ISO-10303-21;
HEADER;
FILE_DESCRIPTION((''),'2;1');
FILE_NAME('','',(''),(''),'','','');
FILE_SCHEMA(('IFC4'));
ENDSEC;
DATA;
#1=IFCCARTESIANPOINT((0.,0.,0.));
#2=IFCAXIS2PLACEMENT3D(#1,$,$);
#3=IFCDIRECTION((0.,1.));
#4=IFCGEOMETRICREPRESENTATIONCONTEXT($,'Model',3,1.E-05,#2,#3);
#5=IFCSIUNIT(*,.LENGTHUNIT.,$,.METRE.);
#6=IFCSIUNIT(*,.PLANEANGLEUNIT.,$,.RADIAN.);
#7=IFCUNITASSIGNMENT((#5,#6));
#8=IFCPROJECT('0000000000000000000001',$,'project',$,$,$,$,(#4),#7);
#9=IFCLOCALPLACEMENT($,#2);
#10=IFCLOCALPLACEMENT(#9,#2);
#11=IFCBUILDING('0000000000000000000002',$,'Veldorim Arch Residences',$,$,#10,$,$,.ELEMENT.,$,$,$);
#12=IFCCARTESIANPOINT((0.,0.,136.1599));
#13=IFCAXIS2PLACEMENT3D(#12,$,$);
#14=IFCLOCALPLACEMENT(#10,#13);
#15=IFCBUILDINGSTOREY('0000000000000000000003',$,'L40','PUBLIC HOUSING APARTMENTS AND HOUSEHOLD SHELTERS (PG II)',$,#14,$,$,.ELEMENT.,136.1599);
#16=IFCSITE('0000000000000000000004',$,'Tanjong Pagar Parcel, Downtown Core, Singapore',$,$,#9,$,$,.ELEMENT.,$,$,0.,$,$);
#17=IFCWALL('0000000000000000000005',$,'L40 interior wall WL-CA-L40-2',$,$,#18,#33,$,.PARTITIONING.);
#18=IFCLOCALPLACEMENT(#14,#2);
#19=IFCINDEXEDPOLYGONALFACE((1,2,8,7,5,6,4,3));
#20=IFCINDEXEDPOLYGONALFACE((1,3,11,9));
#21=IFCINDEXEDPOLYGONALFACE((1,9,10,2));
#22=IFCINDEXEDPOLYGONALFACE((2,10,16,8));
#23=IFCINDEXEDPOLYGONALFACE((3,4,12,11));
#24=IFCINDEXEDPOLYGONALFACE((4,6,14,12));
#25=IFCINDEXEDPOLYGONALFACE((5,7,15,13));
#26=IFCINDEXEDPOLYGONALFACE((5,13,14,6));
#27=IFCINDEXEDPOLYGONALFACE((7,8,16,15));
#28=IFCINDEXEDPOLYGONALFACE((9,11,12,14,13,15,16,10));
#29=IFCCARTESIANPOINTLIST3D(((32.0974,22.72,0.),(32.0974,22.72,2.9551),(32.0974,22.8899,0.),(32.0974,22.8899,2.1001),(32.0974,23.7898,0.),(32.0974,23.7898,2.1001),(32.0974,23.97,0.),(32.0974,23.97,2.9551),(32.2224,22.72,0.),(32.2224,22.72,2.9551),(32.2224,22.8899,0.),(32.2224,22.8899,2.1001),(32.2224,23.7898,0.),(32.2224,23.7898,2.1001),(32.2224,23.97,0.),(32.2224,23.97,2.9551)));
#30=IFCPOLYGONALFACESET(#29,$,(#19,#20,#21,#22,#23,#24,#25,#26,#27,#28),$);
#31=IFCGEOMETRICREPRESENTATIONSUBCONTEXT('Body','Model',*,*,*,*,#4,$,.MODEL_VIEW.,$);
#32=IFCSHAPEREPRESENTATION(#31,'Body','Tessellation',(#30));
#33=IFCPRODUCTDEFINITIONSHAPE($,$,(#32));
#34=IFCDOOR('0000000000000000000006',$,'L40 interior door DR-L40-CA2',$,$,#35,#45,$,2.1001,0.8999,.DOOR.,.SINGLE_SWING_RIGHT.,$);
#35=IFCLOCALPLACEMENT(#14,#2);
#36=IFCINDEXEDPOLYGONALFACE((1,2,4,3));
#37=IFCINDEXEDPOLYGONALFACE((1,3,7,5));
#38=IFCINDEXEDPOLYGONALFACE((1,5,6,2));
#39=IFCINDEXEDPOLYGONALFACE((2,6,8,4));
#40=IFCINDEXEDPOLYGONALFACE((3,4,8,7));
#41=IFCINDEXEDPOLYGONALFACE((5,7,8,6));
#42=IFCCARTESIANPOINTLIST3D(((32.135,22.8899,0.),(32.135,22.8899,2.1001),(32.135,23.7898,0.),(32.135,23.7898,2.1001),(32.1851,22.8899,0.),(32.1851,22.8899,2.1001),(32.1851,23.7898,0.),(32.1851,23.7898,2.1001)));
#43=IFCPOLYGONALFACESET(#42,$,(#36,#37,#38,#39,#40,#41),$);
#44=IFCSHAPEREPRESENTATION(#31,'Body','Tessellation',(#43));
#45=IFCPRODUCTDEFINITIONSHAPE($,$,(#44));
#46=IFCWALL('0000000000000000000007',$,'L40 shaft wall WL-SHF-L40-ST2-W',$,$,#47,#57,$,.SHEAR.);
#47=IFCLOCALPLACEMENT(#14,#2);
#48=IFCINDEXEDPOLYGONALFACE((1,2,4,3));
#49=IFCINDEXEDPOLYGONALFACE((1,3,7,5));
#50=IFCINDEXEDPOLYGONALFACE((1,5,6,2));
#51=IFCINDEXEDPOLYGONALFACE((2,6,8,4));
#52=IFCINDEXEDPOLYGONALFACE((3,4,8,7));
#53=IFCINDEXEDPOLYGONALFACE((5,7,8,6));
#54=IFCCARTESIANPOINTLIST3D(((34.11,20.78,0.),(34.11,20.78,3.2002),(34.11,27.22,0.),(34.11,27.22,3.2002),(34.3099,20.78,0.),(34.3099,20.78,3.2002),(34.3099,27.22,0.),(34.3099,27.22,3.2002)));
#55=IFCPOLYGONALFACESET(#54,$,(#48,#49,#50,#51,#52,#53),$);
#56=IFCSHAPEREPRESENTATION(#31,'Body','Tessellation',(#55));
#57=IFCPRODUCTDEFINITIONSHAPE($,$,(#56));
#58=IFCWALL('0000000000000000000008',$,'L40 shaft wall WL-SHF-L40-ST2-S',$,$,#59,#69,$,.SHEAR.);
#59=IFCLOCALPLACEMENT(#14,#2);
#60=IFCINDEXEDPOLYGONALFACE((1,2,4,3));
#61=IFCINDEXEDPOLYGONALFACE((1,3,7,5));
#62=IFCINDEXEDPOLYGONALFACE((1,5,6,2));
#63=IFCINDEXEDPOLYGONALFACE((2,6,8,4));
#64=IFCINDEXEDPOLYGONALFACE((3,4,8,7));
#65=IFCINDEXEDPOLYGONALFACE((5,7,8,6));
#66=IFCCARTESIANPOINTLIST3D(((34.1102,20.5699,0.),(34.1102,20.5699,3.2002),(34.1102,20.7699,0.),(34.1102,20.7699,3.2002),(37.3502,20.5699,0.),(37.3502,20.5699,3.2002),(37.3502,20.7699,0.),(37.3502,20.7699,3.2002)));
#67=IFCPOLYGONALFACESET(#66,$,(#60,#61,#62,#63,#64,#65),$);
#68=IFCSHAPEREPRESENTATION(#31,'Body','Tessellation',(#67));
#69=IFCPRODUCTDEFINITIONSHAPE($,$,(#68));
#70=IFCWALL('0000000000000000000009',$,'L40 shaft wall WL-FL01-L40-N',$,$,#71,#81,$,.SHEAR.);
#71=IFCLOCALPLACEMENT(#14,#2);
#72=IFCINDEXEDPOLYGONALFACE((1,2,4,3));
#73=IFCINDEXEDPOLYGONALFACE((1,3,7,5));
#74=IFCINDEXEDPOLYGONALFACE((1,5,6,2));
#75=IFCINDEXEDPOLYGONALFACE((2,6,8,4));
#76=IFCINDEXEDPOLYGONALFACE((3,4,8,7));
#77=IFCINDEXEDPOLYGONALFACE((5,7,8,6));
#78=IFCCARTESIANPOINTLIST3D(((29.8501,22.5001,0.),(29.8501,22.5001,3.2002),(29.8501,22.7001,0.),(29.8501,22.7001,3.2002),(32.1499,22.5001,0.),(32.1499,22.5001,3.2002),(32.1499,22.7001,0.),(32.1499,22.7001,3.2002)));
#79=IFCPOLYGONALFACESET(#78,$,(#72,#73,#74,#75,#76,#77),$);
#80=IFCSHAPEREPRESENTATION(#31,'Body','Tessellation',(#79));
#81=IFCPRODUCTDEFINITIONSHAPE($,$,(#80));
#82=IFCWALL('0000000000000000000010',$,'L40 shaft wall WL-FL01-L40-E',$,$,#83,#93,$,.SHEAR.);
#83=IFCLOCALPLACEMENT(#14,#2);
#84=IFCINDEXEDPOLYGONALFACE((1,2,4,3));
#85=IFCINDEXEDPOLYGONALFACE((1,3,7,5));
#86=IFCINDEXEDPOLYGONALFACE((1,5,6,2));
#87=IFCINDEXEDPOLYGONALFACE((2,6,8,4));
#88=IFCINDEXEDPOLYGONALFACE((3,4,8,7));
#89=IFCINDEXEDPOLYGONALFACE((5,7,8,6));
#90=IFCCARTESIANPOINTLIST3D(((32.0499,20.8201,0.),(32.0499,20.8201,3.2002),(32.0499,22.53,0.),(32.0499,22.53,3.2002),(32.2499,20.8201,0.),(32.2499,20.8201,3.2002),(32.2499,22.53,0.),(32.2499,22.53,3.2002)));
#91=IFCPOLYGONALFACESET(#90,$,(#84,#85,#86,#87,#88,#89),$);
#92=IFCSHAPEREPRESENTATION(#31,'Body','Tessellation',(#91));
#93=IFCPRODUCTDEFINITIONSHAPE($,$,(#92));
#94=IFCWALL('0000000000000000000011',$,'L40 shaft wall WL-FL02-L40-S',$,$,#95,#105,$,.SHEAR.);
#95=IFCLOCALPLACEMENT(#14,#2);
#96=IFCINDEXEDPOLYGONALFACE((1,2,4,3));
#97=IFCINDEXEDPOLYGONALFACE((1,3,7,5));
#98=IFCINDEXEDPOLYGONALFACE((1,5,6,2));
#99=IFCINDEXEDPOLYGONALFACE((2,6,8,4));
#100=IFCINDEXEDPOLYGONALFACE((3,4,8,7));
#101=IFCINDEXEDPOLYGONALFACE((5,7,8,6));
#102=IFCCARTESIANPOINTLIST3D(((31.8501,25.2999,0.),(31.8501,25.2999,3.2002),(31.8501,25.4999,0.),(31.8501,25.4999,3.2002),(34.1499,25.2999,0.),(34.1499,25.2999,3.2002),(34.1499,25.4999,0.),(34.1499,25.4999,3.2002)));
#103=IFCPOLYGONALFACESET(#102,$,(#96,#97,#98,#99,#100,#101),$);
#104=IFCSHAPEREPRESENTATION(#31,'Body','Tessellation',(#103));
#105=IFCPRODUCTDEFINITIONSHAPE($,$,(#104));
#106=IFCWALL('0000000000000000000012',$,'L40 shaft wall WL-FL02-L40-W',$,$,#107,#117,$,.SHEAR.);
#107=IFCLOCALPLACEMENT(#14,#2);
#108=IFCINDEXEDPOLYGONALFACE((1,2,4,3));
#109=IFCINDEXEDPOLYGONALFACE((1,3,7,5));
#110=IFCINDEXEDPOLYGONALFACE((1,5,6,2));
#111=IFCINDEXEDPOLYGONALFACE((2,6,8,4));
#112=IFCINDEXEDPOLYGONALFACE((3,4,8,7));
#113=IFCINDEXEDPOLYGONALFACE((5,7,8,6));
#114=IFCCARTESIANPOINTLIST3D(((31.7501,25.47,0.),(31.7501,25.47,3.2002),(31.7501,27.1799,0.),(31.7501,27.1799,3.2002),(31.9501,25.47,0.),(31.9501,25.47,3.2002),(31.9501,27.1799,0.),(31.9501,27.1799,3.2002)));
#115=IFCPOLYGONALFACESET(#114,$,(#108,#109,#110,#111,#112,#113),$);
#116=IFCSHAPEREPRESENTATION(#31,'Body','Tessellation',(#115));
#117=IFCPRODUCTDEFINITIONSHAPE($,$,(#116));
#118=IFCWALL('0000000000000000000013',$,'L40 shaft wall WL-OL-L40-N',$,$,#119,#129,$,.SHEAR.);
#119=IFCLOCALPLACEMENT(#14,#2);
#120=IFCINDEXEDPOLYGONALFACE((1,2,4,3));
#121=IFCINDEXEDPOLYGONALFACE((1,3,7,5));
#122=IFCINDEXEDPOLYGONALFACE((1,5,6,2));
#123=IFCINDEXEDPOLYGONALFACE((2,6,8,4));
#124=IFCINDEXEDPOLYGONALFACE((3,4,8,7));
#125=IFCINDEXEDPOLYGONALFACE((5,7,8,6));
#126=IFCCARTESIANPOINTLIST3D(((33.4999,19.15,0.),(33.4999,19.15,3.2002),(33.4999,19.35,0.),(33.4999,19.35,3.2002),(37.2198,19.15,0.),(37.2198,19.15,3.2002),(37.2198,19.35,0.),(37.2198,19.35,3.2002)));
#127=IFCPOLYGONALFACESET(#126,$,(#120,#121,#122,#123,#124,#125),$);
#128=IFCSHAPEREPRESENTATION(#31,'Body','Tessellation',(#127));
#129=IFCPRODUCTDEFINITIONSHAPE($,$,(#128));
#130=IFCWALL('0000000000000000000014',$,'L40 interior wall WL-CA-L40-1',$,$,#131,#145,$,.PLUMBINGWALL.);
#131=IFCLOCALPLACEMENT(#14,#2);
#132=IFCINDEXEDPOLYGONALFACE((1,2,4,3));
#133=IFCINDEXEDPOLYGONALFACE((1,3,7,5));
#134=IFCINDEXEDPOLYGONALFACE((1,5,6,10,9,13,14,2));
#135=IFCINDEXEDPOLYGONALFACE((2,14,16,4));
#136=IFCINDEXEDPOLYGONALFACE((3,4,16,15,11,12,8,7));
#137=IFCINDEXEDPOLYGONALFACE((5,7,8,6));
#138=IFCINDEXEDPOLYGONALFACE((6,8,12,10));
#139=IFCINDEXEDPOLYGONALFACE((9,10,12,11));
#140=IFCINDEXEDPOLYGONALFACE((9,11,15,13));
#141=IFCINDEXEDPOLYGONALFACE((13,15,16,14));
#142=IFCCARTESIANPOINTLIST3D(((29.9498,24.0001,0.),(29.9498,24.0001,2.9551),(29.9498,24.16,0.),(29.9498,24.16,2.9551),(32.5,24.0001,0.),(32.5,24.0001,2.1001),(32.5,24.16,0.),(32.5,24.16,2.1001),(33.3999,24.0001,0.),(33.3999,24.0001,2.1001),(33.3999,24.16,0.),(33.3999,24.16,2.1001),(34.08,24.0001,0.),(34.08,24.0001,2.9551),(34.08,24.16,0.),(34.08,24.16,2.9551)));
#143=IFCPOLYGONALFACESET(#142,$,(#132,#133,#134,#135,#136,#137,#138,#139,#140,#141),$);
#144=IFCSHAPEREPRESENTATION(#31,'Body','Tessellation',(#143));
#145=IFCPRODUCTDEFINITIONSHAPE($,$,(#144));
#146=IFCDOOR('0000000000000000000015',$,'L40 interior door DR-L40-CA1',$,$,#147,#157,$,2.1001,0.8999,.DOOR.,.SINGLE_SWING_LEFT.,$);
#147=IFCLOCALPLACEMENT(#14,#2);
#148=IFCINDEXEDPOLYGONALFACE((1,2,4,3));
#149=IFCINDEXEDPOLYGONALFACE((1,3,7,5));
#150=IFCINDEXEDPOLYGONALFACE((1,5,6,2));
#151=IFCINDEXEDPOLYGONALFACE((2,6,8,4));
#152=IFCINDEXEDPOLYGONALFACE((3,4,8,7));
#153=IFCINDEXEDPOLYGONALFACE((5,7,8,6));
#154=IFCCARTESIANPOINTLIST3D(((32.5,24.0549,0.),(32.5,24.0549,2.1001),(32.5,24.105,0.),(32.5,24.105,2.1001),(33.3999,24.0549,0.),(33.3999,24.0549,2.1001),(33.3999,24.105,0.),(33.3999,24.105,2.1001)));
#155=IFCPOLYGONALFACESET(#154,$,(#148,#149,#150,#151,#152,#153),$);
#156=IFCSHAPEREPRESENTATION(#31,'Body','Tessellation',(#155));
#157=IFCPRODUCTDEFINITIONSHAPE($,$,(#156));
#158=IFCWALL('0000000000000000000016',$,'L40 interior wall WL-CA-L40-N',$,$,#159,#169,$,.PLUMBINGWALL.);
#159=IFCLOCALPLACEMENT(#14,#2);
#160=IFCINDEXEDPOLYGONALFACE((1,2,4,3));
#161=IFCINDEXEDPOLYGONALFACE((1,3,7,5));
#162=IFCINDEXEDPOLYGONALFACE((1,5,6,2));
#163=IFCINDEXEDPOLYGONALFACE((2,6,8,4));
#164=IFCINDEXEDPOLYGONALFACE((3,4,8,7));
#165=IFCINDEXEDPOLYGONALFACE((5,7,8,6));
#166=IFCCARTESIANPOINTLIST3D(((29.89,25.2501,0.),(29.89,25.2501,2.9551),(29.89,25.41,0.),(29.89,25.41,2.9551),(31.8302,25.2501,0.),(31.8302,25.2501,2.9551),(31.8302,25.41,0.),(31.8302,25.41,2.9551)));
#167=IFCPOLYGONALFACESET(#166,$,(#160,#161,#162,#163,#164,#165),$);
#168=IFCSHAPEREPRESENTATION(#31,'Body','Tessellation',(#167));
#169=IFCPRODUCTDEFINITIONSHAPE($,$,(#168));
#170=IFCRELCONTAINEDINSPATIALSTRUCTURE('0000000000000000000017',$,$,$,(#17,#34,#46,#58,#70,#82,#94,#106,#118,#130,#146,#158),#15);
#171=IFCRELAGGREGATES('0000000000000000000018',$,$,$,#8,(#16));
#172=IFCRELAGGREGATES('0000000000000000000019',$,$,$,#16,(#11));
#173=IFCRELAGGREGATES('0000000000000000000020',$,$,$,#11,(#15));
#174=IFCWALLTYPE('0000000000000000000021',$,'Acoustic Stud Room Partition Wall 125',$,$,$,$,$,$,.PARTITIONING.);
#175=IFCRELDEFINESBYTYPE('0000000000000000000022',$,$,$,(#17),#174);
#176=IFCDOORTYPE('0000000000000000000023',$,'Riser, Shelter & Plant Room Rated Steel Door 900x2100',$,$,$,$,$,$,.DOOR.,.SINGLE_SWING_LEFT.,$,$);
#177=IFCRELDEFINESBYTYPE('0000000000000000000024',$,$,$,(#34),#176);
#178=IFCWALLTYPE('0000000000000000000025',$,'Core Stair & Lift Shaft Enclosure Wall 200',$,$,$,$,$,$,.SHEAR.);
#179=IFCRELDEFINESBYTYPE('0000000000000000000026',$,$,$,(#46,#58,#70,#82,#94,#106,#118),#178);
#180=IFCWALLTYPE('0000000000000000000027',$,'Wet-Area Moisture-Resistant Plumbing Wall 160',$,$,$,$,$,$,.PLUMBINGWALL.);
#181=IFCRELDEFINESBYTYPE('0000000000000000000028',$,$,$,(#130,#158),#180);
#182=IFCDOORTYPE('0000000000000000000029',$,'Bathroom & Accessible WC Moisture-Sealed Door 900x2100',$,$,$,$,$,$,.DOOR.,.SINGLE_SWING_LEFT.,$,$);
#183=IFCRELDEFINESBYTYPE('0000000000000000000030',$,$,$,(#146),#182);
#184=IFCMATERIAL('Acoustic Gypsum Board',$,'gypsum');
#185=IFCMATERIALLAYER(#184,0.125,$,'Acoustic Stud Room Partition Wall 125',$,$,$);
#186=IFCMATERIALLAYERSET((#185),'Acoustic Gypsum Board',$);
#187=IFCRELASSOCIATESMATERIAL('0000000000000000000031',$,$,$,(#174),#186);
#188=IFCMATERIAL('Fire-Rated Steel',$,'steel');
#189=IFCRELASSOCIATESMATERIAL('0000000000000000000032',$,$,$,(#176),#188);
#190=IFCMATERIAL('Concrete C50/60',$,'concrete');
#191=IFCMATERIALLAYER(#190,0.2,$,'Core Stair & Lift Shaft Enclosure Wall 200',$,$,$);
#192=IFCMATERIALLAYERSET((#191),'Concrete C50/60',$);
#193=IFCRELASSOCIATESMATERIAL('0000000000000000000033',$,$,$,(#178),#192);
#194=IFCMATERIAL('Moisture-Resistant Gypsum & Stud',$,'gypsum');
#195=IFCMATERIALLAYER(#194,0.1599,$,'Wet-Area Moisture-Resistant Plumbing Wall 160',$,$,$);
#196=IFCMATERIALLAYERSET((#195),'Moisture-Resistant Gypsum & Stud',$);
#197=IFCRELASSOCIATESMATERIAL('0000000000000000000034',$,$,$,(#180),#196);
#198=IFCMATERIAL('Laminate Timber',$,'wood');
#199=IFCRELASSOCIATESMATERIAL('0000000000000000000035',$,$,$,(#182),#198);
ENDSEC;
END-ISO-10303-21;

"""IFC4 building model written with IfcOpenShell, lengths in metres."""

from ifc_helpers import new_model, si_unit, direction, frame, frame_2d, origin, place, context, subcontext, project, spatial, rectangle, extrude, material, layer, layer_set, type_object, element, fill, save


model = new_model("IFC4")

# Units and contexts
model_context = context("Model", 3, precision=1e-05, world=origin(), true_north=direction((0.0, 1.0)))
body_context = subcontext(model_context, "Body", "Model", "MODEL_VIEW")
ifc_project = project(units=[si_unit("LENGTHUNIT", "METRE"), si_unit("PLANEANGLEUNIT", "RADIAN")], contexts=[model_context])

# Site, building, storey
site_placement = place(None, origin())
site = spatial("IfcSite", under=ifc_project, at=site_placement, Name="Tanjong Pagar Parcel, Downtown Core, Singapore", CompositionType="ELEMENT", RefElevation=0.0)
building_placement = place(site_placement, origin())
building = spatial("IfcBuilding", under=site, at=building_placement, Name="Veldorim Arch Residences", CompositionType="ELEMENT")
storey_placement = place(building_placement, frame((0.0, 0.0, 136.1599)))
storey = spatial("IfcBuildingStorey", under=building, at=storey_placement, Name="L40", Description="PUBLIC HOUSING APARTMENTS AND HOUSEHOLD SHELTERS (PG II)", CompositionType="ELEMENT", Elevation=136.1599)

# Wall, opening, door
ifc_material_1 = material(Name="Acoustic Gypsum Board", Category="gypsum")
ifc_layer_1 = layer(ifc_material_1, 0.125, Name="Acoustic Stud Room Partition Wall 125")
ifc_layer_set_1 = layer_set([ifc_layer_1], Name="Acoustic Gypsum Board")
wall_type_1 = type_object("IfcWallType", Name="Acoustic Stud Room Partition Wall 125", PredefinedType="PARTITIONING", material=ifc_layer_set_1)
wall_1_placement = place(storey_placement, frame((32.1599, 22.72, 0.0), z_axis=(0.0, 0.0, 1.0), x_axis=(0.0, 1.0, 0.0)))
wall_1 = element("IfcWall", 1, at=wall_1_placement, inside=storey, type_object=wall_type_1, Name="L40 interior wall WL-CA-L40-2", PredefinedType="PARTITIONING", context=body_context, shape_type="SweptSolid", body=[
    extrude(rectangle(XDim=1.25, YDim=0.125, at=frame_2d((0.625, 0.0))), origin(), (0.0, 0.0, 1.0), 2.9551),
])
opening_1_placement = place(wall_1_placement, frame((0.1699, 0.0, 0.0)))
opening_1 = element("IfcOpeningElement", 2, at=opening_1_placement, cuts=wall_1, PredefinedType="OPENING", context=body_context, shape_type="SweptSolid", body=[
    extrude(rectangle(XDim=0.8999, YDim=2.1001, at=frame_2d((0.45, 1.05))), frame((0.0, 0.0725, 0.0), z_axis=(0.0, -1.0, 0.0), x_axis=(1.0, 0.0, 0.0)), (0.0, 0.0, 1.0), 0.145),
])
ifc_material_2 = material(Name="Fire-Rated Steel", Category="steel")
door_type_1 = type_object("IfcDoorType", Name="Riser, Shelter & Plant Room Rated Steel Door 900x2100", OperationType="SINGLE_SWING_LEFT", PredefinedType="DOOR", material=ifc_material_2)
door_1_placement = place(opening_1_placement, origin())
door_1 = element("IfcDoor", 3, at=door_1_placement, inside=storey, type_object=door_type_1, Name="L40 interior door DR-L40-CA2", OperationType="SINGLE_SWING_RIGHT", OverallHeight=2.1001, OverallWidth=0.8999, PredefinedType="DOOR", context=body_context, shape_type="SweptSolid", body=[
    extrude(rectangle(XDim=0.8999, YDim=2.1001, at=frame_2d((0.45, 1.05))), frame((0.0, 0.0249, 0.0), z_axis=(0.0, -1.0, 0.0), x_axis=(1.0, 0.0, 0.0)), (0.0, 0.0, 1.0), 0.05),
])
fill(opening_1, door_1)

# Walls
ifc_material_3 = material(Name="Concrete C50/60", Category="concrete")
ifc_layer_2 = layer(ifc_material_3, 0.2, Name="Core Stair & Lift Shaft Enclosure Wall 200")
ifc_layer_set_2 = layer_set([ifc_layer_2], Name="Concrete C50/60")
wall_type_2 = type_object("IfcWallType", Name="Core Stair & Lift Shaft Enclosure Wall 200", PredefinedType="SHEAR", material=ifc_layer_set_2)
wall_2_placement = place(storey_placement, frame((34.21, 20.78, 0.0), z_axis=(0.0, 0.0, 1.0), x_axis=(0.0, 1.0, 0.0)))
element("IfcWall", 4, at=wall_2_placement, inside=storey, type_object=wall_type_2, Name="L40 shaft wall WL-SHF-L40-ST2-W", PredefinedType="SHEAR", context=body_context, shape_type="SweptSolid", body=[
    extrude(rectangle(XDim=6.4399, YDim=0.2, at=frame_2d((3.22, 0.0))), origin(), (0.0, 0.0, 1.0), 3.2002),
])
wall_3_placement = place(storey_placement, frame((34.1101, 20.6699, 0.0), z_axis=(0.0, 0.0, 1.0), x_axis=(1.0, 0.0, 0.0)))
element("IfcWall", 5, at=wall_3_placement, inside=storey, type_object=wall_type_2, Name="L40 shaft wall WL-SHF-L40-ST2-S", PredefinedType="SHEAR", context=body_context, shape_type="SweptSolid", body=[
    extrude(rectangle(XDim=3.24, YDim=0.2, at=frame_2d((1.6201, 0.0))), origin(), (0.0, 0.0, 1.0), 3.2002),
])
wall_4_placement = place(storey_placement, frame((29.8501, 22.6001, 0.0), z_axis=(0.0, 0.0, 1.0), x_axis=(1.0, 0.0, 0.0)))
element("IfcWall", 6, at=wall_4_placement, inside=storey, type_object=wall_type_2, Name="L40 shaft wall WL-FL01-L40-N", PredefinedType="SHEAR", context=body_context, shape_type="SweptSolid", body=[
    extrude(rectangle(XDim=2.2998, YDim=0.2, at=frame_2d((1.1499, 0.0))), origin(), (0.0, 0.0, 1.0), 3.2002),
])
wall_5_placement = place(storey_placement, frame((32.1499, 20.8201, 0.0), z_axis=(0.0, 0.0, 1.0), x_axis=(0.0, 1.0, 0.0)))
element("IfcWall", 7, at=wall_5_placement, inside=storey, type_object=wall_type_2, Name="L40 shaft wall WL-FL01-L40-E", PredefinedType="SHEAR", context=body_context, shape_type="SweptSolid", body=[
    extrude(rectangle(XDim=1.71, YDim=0.2, at=frame_2d((0.855, 0.0))), origin(), (0.0, 0.0, 1.0), 3.2002),
])
wall_6_placement = place(storey_placement, frame((31.8501, 25.3999, 0.0), z_axis=(0.0, 0.0, 1.0), x_axis=(1.0, 0.0, 0.0)))
element("IfcWall", 8, at=wall_6_placement, inside=storey, type_object=wall_type_2, Name="L40 shaft wall WL-FL02-L40-S", PredefinedType="SHEAR", context=body_context, shape_type="SweptSolid", body=[
    extrude(rectangle(XDim=2.2998, YDim=0.2, at=frame_2d((1.1499, 0.0))), origin(), (0.0, 0.0, 1.0), 3.2002),
])
wall_7_placement = place(storey_placement, frame((31.8501, 25.47, 0.0), z_axis=(0.0, 0.0, 1.0), x_axis=(0.0, 1.0, 0.0)))
element("IfcWall", 9, at=wall_7_placement, inside=storey, type_object=wall_type_2, Name="L40 shaft wall WL-FL02-L40-W", PredefinedType="SHEAR", context=body_context, shape_type="SweptSolid", body=[
    extrude(rectangle(XDim=1.71, YDim=0.2, at=frame_2d((0.855, 0.0))), origin(), (0.0, 0.0, 1.0), 3.2002),
])
wall_8_placement = place(storey_placement, frame((33.5, 19.25, 0.0), z_axis=(0.0, 0.0, 1.0), x_axis=(1.0, 0.0, 0.0)))
element("IfcWall", 10, at=wall_8_placement, inside=storey, type_object=wall_type_2, Name="L40 shaft wall WL-OL-L40-N", PredefinedType="SHEAR", context=body_context, shape_type="SweptSolid", body=[
    extrude(rectangle(XDim=3.72, YDim=0.2, at=frame_2d((1.8599, 0.0))), origin(), (0.0, 0.0, 1.0), 3.2002),
])

# Wall, opening, door
ifc_material_4 = material(Name="Moisture-Resistant Gypsum & Stud", Category="gypsum")
ifc_layer_3 = layer(ifc_material_4, 0.1599, Name="Wet-Area Moisture-Resistant Plumbing Wall 160")
ifc_layer_set_3 = layer_set([ifc_layer_3], Name="Moisture-Resistant Gypsum & Stud")
wall_type_3 = type_object("IfcWallType", Name="Wet-Area Moisture-Resistant Plumbing Wall 160", PredefinedType="PLUMBINGWALL", material=ifc_layer_set_3)
wall_9_placement = place(storey_placement, frame((29.95, 24.0801, 0.0), z_axis=(0.0, 0.0, 1.0), x_axis=(1.0, 0.0, 0.0)))
wall_9 = element("IfcWall", 11, at=wall_9_placement, inside=storey, type_object=wall_type_3, Name="L40 interior wall WL-CA-L40-1", PredefinedType="PLUMBINGWALL", context=body_context, shape_type="SweptSolid", body=[
    extrude(rectangle(XDim=4.1301, YDim=0.1599, at=frame_2d((2.0649, 0.0))), origin(), (0.0, 0.0, 1.0), 2.9551),
])
opening_2_placement = place(wall_9_placement, frame((2.55, 0.0, 0.0)))
opening_2 = element("IfcOpeningElement", 12, at=opening_2_placement, cuts=wall_9, PredefinedType="OPENING", context=body_context, shape_type="SweptSolid", body=[
    extrude(rectangle(XDim=0.8999, YDim=2.1001, at=frame_2d((0.45, 1.05))), frame((0.0, 0.0898, 0.0), z_axis=(0.0, -1.0, 0.0), x_axis=(1.0, 0.0, 0.0)), (0.0, 0.0, 1.0), 0.1799),
])
ifc_material_5 = material(Name="Laminate Timber", Category="wood")
door_type_2 = type_object("IfcDoorType", Name="Bathroom & Accessible WC Moisture-Sealed Door 900x2100", OperationType="SINGLE_SWING_LEFT", PredefinedType="DOOR", material=ifc_material_5)
door_2_placement = place(opening_2_placement, origin())
door_2 = element("IfcDoor", 13, at=door_2_placement, inside=storey, type_object=door_type_2, Name="L40 interior door DR-L40-CA1", OperationType="SINGLE_SWING_LEFT", OverallHeight=2.1001, OverallWidth=0.8999, PredefinedType="DOOR", context=body_context, shape_type="SweptSolid", body=[
    extrude(rectangle(XDim=0.8999, YDim=2.1001, at=frame_2d((0.45, 1.05))), frame((0.0, 0.0249, 0.0), z_axis=(0.0, -1.0, 0.0), x_axis=(1.0, 0.0, 0.0)), (0.0, 0.0, 1.0), 0.05),
])
fill(opening_2, door_2)

# Wall
wall_10_placement = place(storey_placement, frame((29.8899, 25.3301, 0.0), z_axis=(0.0, 0.0, 1.0), x_axis=(1.0, 0.0, 0.0)))
element("IfcWall", 14, at=wall_10_placement, inside=storey, type_object=wall_type_3, Name="L40 interior wall WL-CA-L40-N", PredefinedType="PLUMBINGWALL", context=body_context, shape_type="SweptSolid", body=[
    extrude(rectangle(XDim=1.9402, YDim=0.1599, at=frame_2d((0.9702, 0.0))), origin(), (0.0, 0.0, 1.0), 2.9551),
])

save(model, "model.ifc")
